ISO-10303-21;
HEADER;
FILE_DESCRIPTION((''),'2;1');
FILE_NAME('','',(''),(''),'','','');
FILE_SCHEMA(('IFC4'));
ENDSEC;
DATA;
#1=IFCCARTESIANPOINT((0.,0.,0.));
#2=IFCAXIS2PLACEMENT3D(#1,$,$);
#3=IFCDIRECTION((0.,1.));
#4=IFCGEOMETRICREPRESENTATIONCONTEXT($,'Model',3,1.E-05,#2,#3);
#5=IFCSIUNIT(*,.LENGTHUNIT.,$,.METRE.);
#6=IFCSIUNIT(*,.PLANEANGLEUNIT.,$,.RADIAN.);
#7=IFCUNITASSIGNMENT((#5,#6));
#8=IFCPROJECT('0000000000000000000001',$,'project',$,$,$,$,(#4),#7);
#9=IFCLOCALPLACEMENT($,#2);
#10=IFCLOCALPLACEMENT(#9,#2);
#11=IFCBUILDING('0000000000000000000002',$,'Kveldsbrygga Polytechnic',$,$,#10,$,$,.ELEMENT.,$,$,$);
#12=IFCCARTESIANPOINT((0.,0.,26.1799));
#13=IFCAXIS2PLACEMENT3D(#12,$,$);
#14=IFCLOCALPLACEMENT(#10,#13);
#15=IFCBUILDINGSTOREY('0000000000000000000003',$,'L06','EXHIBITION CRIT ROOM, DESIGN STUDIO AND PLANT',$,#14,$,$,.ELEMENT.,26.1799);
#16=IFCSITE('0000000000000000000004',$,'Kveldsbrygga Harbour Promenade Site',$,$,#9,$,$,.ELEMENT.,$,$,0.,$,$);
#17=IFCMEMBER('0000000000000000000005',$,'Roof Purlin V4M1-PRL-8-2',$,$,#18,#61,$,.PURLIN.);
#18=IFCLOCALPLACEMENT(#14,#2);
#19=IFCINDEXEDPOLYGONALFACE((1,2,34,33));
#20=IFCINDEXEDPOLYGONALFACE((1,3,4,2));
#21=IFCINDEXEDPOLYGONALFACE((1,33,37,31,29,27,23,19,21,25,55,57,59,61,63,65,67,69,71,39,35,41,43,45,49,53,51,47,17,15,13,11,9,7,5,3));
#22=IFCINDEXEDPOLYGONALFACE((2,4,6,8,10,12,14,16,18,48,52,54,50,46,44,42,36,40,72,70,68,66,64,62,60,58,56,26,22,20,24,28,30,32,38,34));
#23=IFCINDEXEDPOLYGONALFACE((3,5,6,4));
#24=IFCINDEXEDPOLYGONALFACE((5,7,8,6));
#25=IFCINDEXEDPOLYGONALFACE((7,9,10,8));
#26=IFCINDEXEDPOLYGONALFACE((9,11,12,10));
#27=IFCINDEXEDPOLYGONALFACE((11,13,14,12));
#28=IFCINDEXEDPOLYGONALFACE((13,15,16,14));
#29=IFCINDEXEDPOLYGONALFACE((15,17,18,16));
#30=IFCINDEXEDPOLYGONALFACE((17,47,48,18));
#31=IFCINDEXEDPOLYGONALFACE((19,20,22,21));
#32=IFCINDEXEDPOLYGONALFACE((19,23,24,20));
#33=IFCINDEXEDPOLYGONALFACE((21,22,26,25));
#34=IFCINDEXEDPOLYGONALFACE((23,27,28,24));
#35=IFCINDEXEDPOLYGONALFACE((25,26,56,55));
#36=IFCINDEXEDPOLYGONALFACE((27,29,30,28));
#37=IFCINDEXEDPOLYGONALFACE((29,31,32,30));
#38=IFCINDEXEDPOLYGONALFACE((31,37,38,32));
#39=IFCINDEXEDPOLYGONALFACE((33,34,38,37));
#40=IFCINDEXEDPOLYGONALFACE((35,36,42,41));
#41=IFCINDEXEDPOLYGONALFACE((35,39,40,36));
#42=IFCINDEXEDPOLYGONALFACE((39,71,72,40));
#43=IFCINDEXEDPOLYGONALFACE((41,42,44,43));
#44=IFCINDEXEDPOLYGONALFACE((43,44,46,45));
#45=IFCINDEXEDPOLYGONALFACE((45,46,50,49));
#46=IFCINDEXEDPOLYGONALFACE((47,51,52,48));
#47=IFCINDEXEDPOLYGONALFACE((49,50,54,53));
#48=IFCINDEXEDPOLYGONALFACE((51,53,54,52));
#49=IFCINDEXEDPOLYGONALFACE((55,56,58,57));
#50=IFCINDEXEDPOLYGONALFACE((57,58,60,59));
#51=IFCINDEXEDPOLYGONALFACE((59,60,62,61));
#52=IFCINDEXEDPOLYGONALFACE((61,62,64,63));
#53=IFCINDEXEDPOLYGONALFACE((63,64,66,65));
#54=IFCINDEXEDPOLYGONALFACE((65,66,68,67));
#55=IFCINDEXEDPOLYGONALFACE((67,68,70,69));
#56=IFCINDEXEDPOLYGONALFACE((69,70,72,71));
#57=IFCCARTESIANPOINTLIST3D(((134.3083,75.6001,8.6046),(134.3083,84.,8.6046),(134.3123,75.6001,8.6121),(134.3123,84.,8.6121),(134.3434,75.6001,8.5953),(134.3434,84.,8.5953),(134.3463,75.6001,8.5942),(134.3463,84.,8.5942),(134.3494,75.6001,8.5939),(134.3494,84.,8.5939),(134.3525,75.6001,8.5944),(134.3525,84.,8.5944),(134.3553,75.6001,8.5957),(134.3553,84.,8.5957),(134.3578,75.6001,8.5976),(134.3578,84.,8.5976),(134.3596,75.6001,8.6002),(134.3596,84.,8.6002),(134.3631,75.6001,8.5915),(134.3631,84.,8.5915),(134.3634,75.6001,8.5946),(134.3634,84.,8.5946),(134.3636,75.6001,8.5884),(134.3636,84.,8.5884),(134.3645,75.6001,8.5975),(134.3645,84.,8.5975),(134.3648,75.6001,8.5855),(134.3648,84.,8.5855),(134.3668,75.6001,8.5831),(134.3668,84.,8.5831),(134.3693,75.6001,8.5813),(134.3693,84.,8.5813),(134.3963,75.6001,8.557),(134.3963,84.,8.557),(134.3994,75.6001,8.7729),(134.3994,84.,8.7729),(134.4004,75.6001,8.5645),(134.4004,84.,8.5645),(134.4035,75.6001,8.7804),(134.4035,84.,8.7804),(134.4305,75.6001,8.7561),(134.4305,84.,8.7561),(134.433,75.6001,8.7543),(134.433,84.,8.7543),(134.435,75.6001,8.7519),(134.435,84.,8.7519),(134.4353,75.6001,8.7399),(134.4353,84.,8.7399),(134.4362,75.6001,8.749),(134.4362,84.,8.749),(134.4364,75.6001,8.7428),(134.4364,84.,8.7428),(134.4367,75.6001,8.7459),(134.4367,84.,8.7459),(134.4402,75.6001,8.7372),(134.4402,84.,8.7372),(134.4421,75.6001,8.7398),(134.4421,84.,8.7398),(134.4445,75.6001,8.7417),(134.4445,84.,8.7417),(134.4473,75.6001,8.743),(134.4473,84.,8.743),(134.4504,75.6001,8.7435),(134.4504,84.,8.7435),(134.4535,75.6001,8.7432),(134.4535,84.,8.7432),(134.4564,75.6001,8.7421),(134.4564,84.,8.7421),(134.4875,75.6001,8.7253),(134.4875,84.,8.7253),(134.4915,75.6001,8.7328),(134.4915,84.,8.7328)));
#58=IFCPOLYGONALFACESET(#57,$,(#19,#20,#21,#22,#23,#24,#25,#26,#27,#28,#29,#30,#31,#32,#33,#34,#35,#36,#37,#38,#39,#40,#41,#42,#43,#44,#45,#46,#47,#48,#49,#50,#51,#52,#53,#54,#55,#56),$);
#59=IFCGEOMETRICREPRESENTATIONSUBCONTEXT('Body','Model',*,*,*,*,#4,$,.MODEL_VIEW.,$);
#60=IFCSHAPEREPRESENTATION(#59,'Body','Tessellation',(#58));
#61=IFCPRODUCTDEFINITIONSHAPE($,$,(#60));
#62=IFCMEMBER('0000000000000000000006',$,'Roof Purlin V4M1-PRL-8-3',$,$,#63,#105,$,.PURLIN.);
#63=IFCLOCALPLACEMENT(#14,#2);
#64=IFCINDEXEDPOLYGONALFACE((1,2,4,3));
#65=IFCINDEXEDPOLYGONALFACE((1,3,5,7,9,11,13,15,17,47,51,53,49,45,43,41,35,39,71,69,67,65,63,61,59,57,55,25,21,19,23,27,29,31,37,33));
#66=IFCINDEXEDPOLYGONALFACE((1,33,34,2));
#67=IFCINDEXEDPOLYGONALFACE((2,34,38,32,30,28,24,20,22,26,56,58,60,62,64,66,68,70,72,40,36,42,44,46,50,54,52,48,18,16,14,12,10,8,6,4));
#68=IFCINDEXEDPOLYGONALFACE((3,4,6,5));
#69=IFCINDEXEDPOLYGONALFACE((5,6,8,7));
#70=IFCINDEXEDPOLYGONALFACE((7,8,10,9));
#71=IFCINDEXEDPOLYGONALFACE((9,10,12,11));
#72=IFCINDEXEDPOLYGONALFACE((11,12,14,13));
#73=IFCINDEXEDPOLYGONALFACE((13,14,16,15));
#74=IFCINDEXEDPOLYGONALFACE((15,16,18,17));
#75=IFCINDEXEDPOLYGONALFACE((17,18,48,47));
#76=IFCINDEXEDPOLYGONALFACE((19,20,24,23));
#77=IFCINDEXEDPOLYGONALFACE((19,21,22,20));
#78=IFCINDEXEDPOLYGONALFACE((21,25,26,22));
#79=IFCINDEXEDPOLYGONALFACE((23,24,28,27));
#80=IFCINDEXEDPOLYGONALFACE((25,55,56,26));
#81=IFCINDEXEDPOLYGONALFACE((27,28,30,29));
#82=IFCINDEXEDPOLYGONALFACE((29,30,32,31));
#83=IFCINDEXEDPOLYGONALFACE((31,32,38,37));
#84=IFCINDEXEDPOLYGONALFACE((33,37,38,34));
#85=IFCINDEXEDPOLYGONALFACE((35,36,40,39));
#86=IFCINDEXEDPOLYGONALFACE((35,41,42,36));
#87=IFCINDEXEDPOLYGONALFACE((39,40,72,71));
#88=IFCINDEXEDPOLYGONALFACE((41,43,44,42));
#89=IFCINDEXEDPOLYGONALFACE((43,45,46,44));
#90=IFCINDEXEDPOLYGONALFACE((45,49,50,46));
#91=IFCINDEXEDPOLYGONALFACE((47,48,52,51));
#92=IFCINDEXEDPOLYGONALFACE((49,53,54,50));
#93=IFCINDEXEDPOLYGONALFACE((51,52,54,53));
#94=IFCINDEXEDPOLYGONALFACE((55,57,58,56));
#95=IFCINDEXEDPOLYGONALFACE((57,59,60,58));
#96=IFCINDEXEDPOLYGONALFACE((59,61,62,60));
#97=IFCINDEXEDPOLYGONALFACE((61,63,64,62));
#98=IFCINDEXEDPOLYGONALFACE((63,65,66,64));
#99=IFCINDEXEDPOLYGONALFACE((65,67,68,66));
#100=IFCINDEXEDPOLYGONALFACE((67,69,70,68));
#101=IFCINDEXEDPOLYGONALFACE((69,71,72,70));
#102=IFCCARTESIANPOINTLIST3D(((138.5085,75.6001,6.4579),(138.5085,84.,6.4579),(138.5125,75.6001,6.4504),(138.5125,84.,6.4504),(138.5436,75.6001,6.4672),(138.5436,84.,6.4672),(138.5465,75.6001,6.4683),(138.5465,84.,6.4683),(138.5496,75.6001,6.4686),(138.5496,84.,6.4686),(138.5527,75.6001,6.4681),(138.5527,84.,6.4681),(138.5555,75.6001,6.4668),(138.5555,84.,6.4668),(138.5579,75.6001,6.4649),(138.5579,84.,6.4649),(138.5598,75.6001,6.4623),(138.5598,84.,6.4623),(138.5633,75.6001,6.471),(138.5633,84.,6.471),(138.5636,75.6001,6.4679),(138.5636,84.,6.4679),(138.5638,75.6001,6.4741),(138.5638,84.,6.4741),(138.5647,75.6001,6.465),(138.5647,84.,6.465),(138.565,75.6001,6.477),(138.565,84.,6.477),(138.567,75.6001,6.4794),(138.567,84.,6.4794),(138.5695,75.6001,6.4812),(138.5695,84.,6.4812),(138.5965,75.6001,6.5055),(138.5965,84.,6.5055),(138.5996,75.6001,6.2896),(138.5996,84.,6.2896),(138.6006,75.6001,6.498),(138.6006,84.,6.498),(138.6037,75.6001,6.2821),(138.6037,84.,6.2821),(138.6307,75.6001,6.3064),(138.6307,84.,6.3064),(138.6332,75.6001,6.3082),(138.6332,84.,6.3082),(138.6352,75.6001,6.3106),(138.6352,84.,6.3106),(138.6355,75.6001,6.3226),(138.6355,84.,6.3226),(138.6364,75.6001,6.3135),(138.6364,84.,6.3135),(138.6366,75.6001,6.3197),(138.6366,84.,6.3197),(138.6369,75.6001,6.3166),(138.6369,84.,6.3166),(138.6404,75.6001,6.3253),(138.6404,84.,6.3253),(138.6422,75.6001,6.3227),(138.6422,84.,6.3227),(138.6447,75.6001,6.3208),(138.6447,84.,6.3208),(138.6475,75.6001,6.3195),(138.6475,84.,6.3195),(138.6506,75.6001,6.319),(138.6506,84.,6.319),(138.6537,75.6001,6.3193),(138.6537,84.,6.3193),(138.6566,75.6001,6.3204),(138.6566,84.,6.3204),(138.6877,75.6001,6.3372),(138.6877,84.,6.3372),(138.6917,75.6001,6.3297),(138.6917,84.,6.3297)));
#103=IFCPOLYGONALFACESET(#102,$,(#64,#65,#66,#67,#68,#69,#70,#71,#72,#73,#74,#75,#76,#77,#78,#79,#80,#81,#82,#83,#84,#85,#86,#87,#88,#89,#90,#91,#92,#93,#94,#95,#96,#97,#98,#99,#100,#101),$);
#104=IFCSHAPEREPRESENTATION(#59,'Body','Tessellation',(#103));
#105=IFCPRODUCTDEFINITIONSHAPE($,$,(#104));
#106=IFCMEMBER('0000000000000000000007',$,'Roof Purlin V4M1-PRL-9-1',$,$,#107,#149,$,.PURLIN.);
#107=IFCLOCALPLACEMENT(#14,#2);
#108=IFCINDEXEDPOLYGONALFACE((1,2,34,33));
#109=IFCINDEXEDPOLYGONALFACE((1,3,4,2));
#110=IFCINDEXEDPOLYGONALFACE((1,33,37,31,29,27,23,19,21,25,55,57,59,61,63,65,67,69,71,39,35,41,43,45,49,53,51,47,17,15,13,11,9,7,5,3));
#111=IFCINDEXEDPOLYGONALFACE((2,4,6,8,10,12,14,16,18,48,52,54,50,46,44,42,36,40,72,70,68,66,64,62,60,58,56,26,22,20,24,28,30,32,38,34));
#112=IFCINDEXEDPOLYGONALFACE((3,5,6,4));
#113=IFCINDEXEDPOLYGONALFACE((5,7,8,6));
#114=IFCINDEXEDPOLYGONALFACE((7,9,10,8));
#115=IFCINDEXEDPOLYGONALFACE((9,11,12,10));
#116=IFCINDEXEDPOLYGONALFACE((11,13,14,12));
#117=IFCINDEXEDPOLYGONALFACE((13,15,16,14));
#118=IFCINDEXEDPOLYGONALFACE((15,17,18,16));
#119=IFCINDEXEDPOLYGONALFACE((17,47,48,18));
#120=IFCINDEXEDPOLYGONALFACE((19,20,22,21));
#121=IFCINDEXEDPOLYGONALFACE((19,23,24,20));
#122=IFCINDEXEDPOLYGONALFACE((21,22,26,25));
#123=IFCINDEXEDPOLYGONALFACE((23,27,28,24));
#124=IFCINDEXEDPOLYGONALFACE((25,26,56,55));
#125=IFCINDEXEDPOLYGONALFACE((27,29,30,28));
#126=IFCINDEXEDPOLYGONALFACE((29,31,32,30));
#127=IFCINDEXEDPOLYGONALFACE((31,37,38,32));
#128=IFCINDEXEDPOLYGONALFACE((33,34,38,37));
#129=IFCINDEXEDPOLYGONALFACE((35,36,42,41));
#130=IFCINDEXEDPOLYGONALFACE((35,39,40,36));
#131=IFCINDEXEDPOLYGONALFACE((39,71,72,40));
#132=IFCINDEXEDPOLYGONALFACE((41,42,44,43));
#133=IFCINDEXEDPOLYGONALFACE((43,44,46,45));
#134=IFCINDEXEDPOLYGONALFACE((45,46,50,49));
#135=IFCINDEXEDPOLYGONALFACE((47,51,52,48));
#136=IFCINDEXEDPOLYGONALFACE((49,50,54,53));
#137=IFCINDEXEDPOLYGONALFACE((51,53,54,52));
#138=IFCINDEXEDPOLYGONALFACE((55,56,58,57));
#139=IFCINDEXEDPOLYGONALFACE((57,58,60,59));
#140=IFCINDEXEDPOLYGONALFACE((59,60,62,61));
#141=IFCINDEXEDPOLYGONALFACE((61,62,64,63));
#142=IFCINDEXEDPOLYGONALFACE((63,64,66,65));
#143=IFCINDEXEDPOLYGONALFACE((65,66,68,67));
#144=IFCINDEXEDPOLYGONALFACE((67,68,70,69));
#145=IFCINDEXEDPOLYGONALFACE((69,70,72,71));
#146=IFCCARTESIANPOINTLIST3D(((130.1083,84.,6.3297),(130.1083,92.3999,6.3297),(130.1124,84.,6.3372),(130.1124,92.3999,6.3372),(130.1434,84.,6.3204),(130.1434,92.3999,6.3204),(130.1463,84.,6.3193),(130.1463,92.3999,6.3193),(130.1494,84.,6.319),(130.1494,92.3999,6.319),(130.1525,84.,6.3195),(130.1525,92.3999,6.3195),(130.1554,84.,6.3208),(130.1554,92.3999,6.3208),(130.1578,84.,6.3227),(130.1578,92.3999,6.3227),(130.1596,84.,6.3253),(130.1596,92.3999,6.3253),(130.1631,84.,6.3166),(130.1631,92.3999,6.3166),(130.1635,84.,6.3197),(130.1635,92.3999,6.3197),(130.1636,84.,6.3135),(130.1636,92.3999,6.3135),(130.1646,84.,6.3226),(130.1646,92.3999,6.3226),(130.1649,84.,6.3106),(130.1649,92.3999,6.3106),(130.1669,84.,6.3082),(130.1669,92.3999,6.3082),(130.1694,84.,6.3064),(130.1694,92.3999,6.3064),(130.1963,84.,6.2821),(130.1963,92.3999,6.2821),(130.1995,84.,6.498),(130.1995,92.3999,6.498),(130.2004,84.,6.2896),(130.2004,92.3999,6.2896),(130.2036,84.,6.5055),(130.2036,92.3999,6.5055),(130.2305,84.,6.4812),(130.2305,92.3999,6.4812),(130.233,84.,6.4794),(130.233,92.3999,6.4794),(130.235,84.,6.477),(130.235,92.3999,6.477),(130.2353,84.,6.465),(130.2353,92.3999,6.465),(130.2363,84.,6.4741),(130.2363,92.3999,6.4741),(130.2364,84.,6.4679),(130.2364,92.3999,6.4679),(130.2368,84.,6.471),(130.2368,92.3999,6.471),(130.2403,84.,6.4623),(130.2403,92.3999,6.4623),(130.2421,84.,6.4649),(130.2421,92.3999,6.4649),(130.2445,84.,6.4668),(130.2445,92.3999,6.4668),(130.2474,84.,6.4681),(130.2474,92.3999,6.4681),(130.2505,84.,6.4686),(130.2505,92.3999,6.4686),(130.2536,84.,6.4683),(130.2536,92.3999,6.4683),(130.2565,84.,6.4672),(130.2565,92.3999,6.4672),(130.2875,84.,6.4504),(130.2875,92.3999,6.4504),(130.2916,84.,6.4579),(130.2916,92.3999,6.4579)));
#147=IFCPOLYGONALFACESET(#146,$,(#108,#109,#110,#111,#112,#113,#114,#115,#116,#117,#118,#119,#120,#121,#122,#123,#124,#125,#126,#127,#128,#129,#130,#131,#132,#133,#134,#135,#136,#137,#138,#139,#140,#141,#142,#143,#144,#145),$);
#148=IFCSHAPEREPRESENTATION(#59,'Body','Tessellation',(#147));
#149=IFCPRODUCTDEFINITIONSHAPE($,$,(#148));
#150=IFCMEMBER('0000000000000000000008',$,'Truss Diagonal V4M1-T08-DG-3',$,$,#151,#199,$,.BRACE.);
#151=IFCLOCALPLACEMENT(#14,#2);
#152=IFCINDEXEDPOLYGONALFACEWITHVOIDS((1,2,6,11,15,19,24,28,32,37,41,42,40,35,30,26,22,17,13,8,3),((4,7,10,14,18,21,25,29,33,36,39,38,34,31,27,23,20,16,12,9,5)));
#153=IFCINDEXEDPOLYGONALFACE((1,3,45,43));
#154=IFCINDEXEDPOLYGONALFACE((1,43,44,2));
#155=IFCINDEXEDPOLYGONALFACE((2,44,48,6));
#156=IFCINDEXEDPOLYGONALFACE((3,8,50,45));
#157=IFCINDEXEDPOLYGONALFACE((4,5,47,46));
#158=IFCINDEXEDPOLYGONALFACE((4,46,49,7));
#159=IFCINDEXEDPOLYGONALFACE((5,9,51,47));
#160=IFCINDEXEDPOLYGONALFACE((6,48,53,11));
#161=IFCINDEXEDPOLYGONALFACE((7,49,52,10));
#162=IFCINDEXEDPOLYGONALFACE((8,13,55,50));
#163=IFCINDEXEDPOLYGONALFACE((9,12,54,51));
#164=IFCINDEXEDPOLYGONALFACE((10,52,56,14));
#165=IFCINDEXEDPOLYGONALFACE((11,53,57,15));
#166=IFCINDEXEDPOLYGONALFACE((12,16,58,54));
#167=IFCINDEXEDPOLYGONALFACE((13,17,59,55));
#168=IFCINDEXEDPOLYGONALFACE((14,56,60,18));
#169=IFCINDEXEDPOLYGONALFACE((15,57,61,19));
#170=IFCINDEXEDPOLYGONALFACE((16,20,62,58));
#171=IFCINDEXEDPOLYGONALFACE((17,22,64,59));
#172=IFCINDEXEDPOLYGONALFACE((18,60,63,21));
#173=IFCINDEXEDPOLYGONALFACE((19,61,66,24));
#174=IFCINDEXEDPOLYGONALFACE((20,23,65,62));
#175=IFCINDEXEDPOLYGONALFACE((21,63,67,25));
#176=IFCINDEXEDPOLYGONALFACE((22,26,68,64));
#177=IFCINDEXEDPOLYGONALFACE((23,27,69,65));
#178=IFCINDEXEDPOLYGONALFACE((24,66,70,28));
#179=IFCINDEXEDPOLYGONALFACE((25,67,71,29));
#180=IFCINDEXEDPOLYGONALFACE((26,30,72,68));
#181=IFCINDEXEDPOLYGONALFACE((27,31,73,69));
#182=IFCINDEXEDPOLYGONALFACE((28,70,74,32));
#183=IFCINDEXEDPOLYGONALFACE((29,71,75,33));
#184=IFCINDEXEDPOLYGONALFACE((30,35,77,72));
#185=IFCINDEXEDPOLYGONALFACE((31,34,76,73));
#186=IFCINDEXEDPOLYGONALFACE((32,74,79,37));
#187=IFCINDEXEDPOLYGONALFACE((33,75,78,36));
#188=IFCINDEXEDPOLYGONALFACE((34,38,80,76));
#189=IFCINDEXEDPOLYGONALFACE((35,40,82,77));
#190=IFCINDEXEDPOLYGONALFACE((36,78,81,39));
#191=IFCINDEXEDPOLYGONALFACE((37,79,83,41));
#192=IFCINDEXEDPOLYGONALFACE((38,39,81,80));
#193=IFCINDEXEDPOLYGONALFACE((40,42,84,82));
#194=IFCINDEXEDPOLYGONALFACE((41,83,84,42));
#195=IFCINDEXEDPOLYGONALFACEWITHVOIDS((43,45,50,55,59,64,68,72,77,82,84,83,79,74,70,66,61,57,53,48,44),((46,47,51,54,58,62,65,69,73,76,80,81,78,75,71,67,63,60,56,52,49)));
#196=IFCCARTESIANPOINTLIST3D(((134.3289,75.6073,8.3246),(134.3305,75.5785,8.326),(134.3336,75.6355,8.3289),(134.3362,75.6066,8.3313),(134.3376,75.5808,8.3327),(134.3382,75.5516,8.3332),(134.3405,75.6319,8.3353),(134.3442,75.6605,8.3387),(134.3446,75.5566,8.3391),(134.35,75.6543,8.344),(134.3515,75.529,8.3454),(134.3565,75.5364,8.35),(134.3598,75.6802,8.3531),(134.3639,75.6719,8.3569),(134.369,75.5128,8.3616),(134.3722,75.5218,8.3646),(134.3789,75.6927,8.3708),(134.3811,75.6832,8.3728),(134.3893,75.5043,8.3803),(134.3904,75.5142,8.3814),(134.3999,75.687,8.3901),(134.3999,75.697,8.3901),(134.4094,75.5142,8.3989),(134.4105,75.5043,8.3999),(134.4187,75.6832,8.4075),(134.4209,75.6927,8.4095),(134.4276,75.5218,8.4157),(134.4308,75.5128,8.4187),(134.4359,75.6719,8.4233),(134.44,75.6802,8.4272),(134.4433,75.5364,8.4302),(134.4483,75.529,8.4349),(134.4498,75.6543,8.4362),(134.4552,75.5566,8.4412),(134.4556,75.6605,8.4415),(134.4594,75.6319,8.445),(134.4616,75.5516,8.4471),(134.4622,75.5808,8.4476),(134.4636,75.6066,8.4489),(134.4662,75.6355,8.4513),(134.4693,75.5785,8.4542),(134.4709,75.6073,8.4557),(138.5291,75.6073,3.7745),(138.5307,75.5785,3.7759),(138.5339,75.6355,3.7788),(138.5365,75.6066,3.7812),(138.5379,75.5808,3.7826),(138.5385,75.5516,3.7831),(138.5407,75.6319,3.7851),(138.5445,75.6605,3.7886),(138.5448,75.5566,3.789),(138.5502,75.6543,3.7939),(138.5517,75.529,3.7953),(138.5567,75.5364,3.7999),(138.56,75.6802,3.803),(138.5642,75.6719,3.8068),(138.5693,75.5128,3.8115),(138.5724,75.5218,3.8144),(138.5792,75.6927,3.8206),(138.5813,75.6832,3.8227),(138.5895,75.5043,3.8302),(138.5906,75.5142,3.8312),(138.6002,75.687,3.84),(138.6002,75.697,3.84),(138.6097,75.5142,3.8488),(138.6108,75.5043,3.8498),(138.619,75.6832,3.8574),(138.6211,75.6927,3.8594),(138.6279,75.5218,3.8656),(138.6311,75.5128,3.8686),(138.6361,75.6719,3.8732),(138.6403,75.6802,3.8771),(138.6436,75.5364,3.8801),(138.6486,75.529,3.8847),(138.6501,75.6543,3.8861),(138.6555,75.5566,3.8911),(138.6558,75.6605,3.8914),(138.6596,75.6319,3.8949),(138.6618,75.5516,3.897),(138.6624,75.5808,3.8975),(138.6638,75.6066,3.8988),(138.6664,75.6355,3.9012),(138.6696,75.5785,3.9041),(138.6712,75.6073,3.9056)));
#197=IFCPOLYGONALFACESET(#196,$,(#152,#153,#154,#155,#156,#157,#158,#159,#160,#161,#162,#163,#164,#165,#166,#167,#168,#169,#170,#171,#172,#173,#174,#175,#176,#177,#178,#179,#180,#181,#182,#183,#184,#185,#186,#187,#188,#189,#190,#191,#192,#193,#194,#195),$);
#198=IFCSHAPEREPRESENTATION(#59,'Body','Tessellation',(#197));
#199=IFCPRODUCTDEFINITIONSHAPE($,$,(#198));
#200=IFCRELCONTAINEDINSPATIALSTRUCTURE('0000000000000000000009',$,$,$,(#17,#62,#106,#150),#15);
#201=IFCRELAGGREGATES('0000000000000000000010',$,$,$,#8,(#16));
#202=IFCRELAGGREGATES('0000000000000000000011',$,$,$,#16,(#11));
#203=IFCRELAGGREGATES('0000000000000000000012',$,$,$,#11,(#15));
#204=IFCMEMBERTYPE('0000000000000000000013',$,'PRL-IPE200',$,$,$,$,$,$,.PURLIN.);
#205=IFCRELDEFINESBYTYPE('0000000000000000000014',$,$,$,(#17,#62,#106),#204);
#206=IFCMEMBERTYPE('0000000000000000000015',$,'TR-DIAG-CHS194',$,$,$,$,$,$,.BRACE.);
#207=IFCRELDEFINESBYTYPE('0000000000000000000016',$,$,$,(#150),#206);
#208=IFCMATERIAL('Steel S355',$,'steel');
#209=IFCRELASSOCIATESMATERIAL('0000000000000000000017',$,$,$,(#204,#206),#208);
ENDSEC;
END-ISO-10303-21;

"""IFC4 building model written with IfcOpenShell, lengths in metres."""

from ifc_helpers import new_model, si_unit, direction, frame, origin, origin_2d, place, context, subcontext, project, spatial, hollow_circle, i_section, extrude, material, material_profile, profile_set, type_object, element, save


model = new_model("IFC4")

# Units and contexts
model_context = context("Model", 3, precision=1e-05, world=origin(), true_north=direction((0.0, 1.0)))
body_context = subcontext(model_context, "Body", "Model", "MODEL_VIEW")
ifc_project = project(units=[si_unit("LENGTHUNIT", "METRE"), si_unit("PLANEANGLEUNIT", "RADIAN")], contexts=[model_context])

# Site, building, storey
site_placement = place(None, origin())
site = spatial("IfcSite", under=ifc_project, at=site_placement, Name="Kveldsbrygga Harbour Promenade Site", CompositionType="ELEMENT", RefElevation=0.0)
building_placement = place(site_placement, origin())
building = spatial("IfcBuilding", under=site, at=building_placement, Name="Kveldsbrygga Polytechnic", CompositionType="ELEMENT")
storey_placement = place(building_placement, frame((0.0, 0.0, 26.1799)))
storey = spatial("IfcBuildingStorey", under=building, at=storey_placement, Name="L06", Description="EXHIBITION CRIT ROOM, DESIGN STUDIO AND PLANT", CompositionType="ELEMENT", Elevation=26.1799)

# Shared definitions
ifc_material_1 = material(Name="Steel S355", Category="steel")

# Members
ifc_material_profile_1 = material_profile(ifc_material_1, i_section(OverallWidth=0.1001, OverallDepth=0.2, WebThickness=0.0056, FlangeThickness=0.0085, FilletRadius=0.012, at=origin_2d()), Name="IPE 200")
ifc_profile_set_1 = profile_set([ifc_material_profile_1], Name="Steel S355")
member_type_1 = type_object("IfcMemberType", Name="PRL-IPE200", PredefinedType="PURLIN", material=ifc_profile_set_1)
for number, where, z_axis, x_axis, name in (
    (1, (134.3999, 75.6001, 8.6687), (0.0, 1.0, 0.0), (-0.879292, 0.0, 0.476283), "Roof Purlin V4M1-PRL-8-2"),
    (2, (138.6001, 75.6001, 6.3938), (0.0, 1.0, 0.0), (-0.879292, 0.0, -0.476283), "Roof Purlin V4M1-PRL-8-3"),
    (3, (130.2, 84.0, 6.3938), (0.0, 1.0, 0.0), (-0.879292, 0.0, 0.476283), "Roof Purlin V4M1-PRL-9-1"),
):
    element("IfcMember", number, at=place(storey_placement, frame(where, z_axis=z_axis, x_axis=x_axis)), inside=storey, type_object=member_type_1, Name=name, PredefinedType="PURLIN", context=body_context, shape_type="SweptSolid", body=[
        extrude(i_section(OverallWidth=0.1001, OverallDepth=0.2, WebThickness=0.0056, FlangeThickness=0.0085, FilletRadius=0.012, at=origin_2d()), origin(), (0.0, 0.0, 1.0), 8.3999),
    ])
ifc_material_profile_2 = material_profile(ifc_material_1, hollow_circle(Radius=0.0969, WallThickness=0.01, at=origin_2d()), Name="CHS 193.7x10.0")
ifc_profile_set_2 = profile_set([ifc_material_profile_2], Name="Steel S355")
member_type_2 = type_object("IfcMemberType", Name="TR-DIAG-CHS194", PredefinedType="BRACE", material=ifc_profile_set_2)
for number, where, z_axis, x_axis, name in (
    (4, (134.3999, 75.6001, 8.3901), (0.678293, 0.0, -0.734791), (0.0, 1.0, 0.0), "Truss Diagonal V4M1-T08-DG-3"),
):
    element("IfcMember", number, at=place(storey_placement, frame(where, z_axis=z_axis, x_axis=x_axis)), inside=storey, type_object=member_type_2, Name=name, PredefinedType="BRACE", context=body_context, shape_type="SweptSolid", body=[
        extrude(hollow_circle(Radius=0.0969, WallThickness=0.01, at=origin_2d()), origin(), (0.0, 0.0, 1.0), 6.1924),
    ])

save(model, "model.ifc")
